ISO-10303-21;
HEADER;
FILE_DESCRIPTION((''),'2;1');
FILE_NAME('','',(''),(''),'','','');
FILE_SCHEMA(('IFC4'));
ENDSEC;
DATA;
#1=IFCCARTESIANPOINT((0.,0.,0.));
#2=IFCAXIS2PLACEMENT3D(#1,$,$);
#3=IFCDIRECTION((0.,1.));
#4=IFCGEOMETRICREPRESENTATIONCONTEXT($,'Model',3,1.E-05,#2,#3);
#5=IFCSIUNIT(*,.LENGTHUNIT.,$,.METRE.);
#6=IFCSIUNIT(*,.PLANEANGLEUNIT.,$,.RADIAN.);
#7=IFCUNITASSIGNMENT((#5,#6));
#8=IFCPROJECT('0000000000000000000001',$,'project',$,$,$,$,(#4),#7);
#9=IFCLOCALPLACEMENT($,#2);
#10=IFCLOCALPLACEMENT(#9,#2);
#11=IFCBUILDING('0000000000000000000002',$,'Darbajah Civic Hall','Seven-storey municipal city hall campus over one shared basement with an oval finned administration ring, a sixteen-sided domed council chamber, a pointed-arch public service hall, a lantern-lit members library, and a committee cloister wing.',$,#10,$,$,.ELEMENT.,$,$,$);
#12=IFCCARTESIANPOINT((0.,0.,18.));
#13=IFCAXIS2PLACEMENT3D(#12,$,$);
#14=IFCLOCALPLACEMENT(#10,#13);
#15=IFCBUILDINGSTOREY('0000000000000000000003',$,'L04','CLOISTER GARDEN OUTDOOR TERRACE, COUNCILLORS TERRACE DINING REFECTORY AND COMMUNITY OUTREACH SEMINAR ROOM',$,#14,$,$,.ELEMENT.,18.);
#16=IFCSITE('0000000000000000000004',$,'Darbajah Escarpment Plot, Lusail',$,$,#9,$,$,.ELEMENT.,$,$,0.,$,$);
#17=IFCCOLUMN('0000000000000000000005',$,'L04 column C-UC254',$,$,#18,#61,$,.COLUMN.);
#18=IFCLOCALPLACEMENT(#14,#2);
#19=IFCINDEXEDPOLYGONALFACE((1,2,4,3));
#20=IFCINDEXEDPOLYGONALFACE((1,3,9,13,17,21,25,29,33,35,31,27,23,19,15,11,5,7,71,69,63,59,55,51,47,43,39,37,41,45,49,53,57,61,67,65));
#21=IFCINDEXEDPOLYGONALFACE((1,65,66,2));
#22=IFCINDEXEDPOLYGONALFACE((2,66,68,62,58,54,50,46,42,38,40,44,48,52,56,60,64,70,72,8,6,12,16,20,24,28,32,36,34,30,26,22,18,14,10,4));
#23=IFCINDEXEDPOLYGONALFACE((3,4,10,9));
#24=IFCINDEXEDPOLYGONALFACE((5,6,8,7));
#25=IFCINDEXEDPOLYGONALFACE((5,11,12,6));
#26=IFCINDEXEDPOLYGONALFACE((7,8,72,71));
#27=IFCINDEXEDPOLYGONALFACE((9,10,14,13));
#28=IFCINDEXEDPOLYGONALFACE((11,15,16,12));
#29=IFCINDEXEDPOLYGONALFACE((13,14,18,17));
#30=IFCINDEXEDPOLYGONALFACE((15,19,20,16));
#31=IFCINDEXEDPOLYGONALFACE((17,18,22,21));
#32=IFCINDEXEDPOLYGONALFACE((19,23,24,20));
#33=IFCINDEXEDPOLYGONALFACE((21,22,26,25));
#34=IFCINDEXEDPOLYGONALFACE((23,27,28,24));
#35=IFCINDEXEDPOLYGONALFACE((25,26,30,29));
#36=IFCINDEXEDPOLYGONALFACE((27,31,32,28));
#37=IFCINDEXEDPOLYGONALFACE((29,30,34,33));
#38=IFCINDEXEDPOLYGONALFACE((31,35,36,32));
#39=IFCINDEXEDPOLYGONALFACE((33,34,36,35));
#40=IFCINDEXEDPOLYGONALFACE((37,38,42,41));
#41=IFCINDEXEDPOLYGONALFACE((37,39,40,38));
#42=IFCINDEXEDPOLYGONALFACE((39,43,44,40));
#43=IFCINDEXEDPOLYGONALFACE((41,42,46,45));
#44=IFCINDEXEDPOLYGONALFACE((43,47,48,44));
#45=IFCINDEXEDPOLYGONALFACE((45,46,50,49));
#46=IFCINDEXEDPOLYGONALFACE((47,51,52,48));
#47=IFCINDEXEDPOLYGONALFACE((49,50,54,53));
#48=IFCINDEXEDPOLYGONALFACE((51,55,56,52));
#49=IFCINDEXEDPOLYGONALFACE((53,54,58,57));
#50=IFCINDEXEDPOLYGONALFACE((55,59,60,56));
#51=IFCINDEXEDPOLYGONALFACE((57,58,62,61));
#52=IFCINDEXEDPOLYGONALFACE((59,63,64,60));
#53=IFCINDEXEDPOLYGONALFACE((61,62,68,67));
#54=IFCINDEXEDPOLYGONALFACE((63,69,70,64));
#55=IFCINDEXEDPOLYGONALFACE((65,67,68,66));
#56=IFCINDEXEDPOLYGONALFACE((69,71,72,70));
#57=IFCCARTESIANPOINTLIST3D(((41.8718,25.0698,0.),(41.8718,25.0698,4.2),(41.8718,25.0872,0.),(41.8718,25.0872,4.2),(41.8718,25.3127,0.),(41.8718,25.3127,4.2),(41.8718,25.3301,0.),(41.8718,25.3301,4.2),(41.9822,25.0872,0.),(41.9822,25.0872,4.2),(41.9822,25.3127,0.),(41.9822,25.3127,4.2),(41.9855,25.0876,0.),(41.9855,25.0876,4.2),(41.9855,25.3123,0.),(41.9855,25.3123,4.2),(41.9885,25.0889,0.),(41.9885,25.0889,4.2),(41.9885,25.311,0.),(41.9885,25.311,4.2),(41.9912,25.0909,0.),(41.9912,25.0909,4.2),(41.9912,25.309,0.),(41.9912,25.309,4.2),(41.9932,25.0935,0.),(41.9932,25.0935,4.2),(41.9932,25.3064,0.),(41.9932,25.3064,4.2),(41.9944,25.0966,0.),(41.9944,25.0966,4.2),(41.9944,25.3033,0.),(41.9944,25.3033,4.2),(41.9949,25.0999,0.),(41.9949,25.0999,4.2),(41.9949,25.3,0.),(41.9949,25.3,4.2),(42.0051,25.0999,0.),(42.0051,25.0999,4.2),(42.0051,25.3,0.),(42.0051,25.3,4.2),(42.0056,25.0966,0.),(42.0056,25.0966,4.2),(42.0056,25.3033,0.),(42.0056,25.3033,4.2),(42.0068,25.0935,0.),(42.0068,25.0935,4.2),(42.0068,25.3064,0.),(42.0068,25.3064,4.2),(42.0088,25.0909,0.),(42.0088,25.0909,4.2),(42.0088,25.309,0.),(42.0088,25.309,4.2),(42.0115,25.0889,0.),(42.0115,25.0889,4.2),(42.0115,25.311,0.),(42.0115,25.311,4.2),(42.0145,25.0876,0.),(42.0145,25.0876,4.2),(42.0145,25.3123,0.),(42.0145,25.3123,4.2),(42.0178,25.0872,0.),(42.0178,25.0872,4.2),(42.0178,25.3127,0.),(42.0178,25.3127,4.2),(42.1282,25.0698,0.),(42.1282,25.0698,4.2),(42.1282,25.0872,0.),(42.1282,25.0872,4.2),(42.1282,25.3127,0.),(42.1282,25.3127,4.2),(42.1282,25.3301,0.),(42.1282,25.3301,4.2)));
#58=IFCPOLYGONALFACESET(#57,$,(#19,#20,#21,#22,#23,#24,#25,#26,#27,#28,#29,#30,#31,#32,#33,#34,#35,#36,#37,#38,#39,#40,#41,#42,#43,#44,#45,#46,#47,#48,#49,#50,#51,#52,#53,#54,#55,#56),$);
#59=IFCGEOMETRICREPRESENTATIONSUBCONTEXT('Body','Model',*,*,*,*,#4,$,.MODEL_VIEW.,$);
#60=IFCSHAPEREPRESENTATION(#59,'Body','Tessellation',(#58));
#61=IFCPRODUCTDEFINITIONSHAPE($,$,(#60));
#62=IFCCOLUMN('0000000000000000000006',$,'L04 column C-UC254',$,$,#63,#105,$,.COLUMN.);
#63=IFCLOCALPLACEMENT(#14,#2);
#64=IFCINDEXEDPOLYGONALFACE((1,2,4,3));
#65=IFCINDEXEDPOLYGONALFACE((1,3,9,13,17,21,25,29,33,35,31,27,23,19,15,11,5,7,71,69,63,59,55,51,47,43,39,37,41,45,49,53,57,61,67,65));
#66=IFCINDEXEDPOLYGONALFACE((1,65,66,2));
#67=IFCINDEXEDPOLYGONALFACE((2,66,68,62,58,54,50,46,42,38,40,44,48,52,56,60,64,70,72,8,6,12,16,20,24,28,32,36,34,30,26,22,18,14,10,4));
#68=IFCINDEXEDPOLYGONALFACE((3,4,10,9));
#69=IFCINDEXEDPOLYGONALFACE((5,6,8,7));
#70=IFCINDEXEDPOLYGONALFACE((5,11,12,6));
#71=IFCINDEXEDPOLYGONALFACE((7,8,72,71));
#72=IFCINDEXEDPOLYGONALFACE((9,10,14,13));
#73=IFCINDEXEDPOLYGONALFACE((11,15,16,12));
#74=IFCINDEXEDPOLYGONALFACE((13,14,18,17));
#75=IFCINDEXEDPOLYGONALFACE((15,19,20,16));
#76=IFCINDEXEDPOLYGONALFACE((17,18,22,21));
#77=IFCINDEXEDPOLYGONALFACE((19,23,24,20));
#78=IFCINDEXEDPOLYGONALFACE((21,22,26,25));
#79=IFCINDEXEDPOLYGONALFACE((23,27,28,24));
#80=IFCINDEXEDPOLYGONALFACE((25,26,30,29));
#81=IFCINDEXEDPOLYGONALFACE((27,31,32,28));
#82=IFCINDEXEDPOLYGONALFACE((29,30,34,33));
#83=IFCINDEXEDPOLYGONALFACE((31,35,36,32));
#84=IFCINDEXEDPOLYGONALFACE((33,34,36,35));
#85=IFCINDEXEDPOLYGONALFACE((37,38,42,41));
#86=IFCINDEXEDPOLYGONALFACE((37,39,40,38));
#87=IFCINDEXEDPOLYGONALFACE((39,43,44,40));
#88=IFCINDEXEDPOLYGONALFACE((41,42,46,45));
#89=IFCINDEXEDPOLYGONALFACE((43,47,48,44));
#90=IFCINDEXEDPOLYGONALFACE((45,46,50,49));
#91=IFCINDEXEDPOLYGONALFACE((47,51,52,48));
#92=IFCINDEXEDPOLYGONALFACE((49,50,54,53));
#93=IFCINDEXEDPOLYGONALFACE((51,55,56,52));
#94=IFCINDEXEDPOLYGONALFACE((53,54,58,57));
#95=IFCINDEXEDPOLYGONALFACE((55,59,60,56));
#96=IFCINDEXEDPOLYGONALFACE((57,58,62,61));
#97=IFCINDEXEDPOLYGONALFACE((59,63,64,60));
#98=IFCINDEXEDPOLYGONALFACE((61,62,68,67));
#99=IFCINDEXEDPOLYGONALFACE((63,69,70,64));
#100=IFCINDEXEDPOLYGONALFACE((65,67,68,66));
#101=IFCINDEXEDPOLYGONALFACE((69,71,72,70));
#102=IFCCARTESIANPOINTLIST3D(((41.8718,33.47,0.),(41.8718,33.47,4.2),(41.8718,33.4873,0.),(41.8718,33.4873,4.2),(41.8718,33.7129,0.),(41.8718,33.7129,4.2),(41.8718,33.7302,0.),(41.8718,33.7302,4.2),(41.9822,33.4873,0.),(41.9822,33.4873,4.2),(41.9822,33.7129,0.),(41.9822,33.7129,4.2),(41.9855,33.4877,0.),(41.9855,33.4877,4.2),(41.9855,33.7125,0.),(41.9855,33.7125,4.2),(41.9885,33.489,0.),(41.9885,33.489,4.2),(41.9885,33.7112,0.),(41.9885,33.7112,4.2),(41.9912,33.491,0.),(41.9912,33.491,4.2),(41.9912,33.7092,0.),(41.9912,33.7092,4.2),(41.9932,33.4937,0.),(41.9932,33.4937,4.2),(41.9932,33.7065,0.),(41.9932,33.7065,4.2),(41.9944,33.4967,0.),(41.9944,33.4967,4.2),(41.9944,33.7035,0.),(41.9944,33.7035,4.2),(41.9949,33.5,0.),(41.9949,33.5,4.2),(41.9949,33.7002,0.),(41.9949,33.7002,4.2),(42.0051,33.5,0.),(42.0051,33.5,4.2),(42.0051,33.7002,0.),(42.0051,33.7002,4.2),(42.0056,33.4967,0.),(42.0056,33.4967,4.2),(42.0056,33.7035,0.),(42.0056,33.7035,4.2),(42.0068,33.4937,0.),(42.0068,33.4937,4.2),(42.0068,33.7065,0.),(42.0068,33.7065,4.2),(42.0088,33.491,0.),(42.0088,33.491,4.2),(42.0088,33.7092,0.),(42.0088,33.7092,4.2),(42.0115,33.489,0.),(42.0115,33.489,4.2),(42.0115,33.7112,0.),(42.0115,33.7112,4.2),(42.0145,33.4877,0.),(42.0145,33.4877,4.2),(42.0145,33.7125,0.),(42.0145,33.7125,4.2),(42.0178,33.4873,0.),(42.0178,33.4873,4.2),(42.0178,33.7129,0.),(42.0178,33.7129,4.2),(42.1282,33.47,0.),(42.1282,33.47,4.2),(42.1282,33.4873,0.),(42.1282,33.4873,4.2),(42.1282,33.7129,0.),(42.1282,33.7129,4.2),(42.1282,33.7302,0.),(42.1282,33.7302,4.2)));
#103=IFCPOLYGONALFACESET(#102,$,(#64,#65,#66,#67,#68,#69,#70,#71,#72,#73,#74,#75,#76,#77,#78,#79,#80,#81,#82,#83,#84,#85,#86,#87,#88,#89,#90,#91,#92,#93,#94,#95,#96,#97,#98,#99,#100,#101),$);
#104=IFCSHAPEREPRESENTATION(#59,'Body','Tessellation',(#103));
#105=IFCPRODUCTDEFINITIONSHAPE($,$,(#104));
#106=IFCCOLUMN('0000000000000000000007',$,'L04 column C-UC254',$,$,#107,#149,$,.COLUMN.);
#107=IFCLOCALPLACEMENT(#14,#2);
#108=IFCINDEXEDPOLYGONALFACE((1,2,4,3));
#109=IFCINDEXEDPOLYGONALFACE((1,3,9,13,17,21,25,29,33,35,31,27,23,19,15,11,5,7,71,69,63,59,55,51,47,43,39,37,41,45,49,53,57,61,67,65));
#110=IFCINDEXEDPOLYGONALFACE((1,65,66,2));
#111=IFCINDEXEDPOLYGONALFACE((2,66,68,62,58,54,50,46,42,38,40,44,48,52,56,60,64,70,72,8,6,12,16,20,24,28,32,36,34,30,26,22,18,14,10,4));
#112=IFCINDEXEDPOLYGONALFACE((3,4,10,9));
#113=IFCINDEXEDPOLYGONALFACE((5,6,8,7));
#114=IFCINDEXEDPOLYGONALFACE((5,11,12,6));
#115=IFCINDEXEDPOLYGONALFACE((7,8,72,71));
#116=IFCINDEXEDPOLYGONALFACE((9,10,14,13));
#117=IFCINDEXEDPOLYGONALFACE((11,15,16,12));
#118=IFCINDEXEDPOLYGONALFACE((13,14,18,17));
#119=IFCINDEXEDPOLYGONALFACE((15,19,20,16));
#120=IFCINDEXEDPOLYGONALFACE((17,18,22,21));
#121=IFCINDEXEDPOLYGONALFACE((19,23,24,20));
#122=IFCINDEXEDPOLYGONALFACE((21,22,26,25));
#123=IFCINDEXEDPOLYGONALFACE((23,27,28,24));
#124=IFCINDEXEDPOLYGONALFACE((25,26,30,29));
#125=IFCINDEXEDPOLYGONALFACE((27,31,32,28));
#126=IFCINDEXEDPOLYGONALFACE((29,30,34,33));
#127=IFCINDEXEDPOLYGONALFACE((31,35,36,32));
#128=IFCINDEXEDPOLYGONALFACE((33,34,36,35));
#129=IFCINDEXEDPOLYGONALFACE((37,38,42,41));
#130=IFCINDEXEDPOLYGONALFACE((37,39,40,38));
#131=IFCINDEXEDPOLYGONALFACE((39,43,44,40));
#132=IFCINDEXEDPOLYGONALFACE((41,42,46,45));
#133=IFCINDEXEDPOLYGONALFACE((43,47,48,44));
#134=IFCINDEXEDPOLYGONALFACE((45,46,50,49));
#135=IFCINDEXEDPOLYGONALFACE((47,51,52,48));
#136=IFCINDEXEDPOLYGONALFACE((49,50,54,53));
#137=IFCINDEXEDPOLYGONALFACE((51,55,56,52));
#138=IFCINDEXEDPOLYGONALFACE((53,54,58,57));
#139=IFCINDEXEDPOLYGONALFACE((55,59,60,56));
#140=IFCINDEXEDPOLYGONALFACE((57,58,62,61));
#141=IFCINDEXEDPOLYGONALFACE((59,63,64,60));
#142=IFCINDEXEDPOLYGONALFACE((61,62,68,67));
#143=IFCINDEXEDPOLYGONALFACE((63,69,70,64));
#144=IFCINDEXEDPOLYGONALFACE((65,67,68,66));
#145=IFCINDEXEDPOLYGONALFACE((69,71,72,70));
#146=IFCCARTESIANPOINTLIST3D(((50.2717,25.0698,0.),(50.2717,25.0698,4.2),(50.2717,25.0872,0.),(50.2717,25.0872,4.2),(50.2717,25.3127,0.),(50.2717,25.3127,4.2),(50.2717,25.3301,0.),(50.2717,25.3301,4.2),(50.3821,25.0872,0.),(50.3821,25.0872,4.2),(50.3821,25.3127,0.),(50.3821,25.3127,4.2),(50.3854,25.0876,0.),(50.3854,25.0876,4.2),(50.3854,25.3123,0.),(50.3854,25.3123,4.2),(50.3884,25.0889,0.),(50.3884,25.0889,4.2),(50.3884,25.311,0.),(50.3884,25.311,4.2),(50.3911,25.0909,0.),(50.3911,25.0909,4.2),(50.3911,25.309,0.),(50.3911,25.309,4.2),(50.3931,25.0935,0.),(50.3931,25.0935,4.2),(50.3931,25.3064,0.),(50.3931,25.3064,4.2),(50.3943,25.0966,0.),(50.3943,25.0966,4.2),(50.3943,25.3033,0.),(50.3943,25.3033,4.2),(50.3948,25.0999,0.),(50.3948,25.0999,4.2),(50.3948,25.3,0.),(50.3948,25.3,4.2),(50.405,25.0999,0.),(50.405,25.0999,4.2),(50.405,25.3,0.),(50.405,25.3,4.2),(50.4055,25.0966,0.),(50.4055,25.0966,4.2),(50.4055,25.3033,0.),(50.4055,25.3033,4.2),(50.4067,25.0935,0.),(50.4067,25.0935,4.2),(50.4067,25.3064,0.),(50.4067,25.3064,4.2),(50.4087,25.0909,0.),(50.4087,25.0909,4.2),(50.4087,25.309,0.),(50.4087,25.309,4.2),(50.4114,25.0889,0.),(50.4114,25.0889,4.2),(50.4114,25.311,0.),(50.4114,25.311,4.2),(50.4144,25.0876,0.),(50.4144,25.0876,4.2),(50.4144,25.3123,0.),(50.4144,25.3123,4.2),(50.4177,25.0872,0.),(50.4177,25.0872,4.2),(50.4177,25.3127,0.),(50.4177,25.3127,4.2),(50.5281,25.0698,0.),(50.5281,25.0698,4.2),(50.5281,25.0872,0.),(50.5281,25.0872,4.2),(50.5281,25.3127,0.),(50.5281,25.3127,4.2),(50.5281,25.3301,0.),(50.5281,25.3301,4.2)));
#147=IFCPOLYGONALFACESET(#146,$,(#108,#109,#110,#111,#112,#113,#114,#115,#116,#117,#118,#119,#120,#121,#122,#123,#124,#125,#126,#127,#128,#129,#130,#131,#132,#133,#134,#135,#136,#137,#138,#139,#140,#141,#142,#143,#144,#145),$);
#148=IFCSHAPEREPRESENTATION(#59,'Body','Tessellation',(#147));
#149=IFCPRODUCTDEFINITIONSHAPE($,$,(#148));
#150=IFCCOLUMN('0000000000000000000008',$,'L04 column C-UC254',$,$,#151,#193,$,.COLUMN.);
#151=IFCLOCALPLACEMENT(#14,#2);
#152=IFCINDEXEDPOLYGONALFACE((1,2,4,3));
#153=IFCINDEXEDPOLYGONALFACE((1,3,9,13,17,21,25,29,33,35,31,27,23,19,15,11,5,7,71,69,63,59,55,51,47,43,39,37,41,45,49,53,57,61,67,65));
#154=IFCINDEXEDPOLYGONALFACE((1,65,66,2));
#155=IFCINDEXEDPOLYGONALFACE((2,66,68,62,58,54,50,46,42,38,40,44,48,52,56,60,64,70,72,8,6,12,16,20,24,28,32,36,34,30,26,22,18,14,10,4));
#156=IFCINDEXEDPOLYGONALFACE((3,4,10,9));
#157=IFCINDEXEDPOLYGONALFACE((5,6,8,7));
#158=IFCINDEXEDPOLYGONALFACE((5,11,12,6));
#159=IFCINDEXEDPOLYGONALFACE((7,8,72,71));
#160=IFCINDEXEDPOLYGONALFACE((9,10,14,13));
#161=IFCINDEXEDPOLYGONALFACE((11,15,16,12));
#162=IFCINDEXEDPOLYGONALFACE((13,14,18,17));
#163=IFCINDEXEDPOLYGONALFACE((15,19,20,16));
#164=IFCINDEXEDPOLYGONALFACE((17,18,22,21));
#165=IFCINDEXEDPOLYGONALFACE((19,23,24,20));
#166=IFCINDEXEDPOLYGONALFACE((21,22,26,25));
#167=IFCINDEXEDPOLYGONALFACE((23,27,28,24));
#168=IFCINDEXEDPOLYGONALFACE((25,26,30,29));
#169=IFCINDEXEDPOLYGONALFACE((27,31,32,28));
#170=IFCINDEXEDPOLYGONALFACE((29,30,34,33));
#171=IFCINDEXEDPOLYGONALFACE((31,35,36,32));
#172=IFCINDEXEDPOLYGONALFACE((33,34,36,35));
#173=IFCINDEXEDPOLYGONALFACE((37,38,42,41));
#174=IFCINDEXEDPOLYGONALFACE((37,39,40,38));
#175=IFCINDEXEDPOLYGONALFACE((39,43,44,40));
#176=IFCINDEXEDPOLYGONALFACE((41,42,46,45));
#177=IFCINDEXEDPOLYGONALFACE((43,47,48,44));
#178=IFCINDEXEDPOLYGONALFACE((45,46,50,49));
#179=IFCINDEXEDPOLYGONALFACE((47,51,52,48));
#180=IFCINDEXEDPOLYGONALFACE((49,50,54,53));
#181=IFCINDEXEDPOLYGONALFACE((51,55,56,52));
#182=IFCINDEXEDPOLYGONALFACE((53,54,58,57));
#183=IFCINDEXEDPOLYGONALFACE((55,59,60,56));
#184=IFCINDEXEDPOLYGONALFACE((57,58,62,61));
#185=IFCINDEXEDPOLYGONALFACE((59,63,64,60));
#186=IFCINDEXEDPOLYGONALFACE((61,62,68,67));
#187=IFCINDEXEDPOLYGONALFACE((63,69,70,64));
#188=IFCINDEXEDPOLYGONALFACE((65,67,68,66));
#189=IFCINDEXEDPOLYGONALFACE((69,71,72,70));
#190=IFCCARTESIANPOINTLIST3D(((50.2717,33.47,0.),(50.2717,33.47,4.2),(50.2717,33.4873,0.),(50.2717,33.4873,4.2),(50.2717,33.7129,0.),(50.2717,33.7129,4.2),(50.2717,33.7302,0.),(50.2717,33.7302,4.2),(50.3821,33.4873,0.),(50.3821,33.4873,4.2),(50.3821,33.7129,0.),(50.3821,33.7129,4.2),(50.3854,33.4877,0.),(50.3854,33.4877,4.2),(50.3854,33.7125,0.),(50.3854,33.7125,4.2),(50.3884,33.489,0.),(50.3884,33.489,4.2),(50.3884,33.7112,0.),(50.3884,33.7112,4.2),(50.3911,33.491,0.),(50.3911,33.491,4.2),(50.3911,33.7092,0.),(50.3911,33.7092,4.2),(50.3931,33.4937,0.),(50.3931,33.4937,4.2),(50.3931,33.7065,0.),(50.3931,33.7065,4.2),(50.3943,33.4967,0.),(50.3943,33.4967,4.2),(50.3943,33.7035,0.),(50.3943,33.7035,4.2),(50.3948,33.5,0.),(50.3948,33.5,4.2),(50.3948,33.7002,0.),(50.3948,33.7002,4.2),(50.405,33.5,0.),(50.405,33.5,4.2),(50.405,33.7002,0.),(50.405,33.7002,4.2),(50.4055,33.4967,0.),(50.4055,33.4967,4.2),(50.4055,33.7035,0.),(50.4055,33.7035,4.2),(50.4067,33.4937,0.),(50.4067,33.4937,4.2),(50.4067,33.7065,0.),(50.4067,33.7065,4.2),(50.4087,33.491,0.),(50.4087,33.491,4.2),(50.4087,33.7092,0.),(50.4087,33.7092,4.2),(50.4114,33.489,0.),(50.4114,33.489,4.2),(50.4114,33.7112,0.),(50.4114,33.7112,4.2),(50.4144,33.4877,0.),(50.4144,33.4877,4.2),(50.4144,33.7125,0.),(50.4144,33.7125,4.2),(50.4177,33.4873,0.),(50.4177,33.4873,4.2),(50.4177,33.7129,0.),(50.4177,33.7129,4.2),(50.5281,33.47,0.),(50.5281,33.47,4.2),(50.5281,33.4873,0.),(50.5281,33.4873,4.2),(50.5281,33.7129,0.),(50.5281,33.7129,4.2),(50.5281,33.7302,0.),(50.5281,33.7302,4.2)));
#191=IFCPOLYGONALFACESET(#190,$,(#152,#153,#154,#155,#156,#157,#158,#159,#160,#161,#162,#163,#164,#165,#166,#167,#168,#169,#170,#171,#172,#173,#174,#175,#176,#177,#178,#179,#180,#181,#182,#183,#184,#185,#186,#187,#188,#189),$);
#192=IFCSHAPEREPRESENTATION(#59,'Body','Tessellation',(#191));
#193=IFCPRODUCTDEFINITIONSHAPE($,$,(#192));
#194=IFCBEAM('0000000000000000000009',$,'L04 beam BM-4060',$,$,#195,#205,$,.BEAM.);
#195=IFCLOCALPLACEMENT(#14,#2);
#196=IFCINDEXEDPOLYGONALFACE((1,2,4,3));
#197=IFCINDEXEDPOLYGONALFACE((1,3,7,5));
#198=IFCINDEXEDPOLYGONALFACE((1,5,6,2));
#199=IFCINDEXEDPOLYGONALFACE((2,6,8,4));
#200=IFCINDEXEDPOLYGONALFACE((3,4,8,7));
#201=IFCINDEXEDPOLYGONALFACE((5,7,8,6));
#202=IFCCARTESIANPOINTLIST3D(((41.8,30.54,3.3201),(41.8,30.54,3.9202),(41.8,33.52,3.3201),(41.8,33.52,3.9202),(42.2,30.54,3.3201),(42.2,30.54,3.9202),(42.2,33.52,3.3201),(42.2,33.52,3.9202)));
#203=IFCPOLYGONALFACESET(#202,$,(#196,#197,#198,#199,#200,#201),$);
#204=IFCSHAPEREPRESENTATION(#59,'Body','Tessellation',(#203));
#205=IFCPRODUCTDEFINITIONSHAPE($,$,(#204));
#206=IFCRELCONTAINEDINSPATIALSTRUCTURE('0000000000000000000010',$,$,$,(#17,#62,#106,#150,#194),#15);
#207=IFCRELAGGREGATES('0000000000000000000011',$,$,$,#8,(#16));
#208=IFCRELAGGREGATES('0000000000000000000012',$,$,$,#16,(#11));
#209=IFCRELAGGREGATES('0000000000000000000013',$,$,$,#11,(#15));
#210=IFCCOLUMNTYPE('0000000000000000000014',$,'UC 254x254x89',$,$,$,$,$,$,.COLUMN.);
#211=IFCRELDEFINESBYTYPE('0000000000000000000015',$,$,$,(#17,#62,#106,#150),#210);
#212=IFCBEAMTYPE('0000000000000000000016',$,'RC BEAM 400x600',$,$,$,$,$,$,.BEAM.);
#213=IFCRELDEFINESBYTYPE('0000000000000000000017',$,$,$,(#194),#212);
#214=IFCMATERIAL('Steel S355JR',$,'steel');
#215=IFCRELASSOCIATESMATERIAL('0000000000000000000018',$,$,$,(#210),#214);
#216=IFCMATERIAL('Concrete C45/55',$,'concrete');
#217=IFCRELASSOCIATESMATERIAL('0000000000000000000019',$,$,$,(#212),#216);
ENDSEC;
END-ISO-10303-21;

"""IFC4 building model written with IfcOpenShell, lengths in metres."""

from ifc_helpers import new_model, si_unit, direction, frame, origin, origin_2d, place, context, subcontext, project, spatial, rectangle, i_section, extrude, material, material_profile, profile_set, type_object, element, save


model = new_model("IFC4")

# Units and contexts
model_context = context("Model", 3, precision=1e-05, world=origin(), true_north=direction((0.0, 1.0)))
body_context = subcontext(model_context, "Body", "Model", "MODEL_VIEW")
ifc_project = project(units=[si_unit("LENGTHUNIT", "METRE"), si_unit("PLANEANGLEUNIT", "RADIAN")], contexts=[model_context])

# Site, building, storey
site_placement = place(None, origin())
site = spatial("IfcSite", under=ifc_project, at=site_placement, Name="Darbajah Escarpment Plot, Lusail", CompositionType="ELEMENT", RefElevation=0.0)
building_placement = place(site_placement, origin())
building = spatial("IfcBuilding", under=site, at=building_placement, Name="Darbajah Civic Hall", Description="Seven-storey municipal city hall campus over one shared basement with an oval finned administration ring, a sixteen-sided domed council chamber, a pointed-arch public service hall, a lantern-lit members library, and a committee cloister wing.", CompositionType="ELEMENT")
storey_placement = place(building_placement, frame((0.0, 0.0, 18.0)))
storey = spatial("IfcBuildingStorey", under=building, at=storey_placement, Name="L04", Description="CLOISTER GARDEN OUTDOOR TERRACE, COUNCILLORS TERRACE DINING REFECTORY AND COMMUNITY OUTREACH SEMINAR ROOM", CompositionType="ELEMENT", Elevation=18.0)

# Columns
ifc_material_1 = material(Name="Steel S355JR", Category="steel")
ifc_material_profile_1 = material_profile(ifc_material_1, i_section(OverallWidth=0.2563, OverallDepth=0.2603, WebThickness=0.0103, FlangeThickness=0.0173, FilletRadius=0.0127, at=origin_2d()), Name="UC 254x254x89")
ifc_profile_set_1 = profile_set([ifc_material_profile_1], Name="Steel S355JR")
column_type = type_object("IfcColumnType", Name="UC 254x254x89", PredefinedType="COLUMN", material=ifc_profile_set_1)
for number, where, z_axis, x_axis, name in (
    (1, (42.0, 25.2, 0.0), (0.0, 0.0, 1.0), (1.0, 0.0, 0.0), "L04 column C-UC254"),
    (2, (42.0, 33.6001, 0.0), (0.0, 0.0, 1.0), (1.0, 0.0, 0.0), "L04 column C-UC254"),
    (3, (50.3999, 25.2, 0.0), (0.0, 0.0, 1.0), (1.0, 0.0, 0.0), "L04 column C-UC254"),
    (4, (50.3999, 33.6001, 0.0), (0.0, 0.0, 1.0), (1.0, 0.0, 0.0), "L04 column C-UC254"),
):
    element("IfcColumn", number, at=place(storey_placement, frame(where, z_axis=z_axis, x_axis=x_axis)), inside=storey, type_object=column_type, Name=name, PredefinedType="COLUMN", context=body_context, shape_type="SweptSolid", body=[
        extrude(i_section(OverallWidth=0.2563, OverallDepth=0.2603, WebThickness=0.0103, FlangeThickness=0.0173, FilletRadius=0.0127, at=origin_2d()), origin(), (0.0, 0.0, 1.0), 4.2),
    ])

# Beam
ifc_material_2 = material(Name="Concrete C45/55", Category="concrete")
ifc_material_profile_2 = material_profile(ifc_material_2, rectangle(XDim=0.3999, YDim=0.6001, at=origin_2d()), Name="RC BEAM 400x600")
ifc_profile_set_2 = profile_set([ifc_material_profile_2], Name="Concrete C45/55")
beam_type_1 = type_object("IfcBeamType", Name="RC BEAM 400x600", PredefinedType="BEAM", material=ifc_profile_set_2)
beam_1_placement = place(storey_placement, frame((42.0, 30.54, 3.6201), z_axis=(0.0, 1.0, 0.0), x_axis=(-1.0, 0.0, 0.0)))
element("IfcBeam", 5, at=beam_1_placement, inside=storey, type_object=beam_type_1, Name="L04 beam BM-4060", PredefinedType="BEAM", context=body_context, shape_type="SweptSolid", body=[
    extrude(rectangle(XDim=0.3999, YDim=0.6001, at=origin_2d()), origin(), (0.0, 0.0, 1.0), 2.98),
])

save(model, "model.ifc")
